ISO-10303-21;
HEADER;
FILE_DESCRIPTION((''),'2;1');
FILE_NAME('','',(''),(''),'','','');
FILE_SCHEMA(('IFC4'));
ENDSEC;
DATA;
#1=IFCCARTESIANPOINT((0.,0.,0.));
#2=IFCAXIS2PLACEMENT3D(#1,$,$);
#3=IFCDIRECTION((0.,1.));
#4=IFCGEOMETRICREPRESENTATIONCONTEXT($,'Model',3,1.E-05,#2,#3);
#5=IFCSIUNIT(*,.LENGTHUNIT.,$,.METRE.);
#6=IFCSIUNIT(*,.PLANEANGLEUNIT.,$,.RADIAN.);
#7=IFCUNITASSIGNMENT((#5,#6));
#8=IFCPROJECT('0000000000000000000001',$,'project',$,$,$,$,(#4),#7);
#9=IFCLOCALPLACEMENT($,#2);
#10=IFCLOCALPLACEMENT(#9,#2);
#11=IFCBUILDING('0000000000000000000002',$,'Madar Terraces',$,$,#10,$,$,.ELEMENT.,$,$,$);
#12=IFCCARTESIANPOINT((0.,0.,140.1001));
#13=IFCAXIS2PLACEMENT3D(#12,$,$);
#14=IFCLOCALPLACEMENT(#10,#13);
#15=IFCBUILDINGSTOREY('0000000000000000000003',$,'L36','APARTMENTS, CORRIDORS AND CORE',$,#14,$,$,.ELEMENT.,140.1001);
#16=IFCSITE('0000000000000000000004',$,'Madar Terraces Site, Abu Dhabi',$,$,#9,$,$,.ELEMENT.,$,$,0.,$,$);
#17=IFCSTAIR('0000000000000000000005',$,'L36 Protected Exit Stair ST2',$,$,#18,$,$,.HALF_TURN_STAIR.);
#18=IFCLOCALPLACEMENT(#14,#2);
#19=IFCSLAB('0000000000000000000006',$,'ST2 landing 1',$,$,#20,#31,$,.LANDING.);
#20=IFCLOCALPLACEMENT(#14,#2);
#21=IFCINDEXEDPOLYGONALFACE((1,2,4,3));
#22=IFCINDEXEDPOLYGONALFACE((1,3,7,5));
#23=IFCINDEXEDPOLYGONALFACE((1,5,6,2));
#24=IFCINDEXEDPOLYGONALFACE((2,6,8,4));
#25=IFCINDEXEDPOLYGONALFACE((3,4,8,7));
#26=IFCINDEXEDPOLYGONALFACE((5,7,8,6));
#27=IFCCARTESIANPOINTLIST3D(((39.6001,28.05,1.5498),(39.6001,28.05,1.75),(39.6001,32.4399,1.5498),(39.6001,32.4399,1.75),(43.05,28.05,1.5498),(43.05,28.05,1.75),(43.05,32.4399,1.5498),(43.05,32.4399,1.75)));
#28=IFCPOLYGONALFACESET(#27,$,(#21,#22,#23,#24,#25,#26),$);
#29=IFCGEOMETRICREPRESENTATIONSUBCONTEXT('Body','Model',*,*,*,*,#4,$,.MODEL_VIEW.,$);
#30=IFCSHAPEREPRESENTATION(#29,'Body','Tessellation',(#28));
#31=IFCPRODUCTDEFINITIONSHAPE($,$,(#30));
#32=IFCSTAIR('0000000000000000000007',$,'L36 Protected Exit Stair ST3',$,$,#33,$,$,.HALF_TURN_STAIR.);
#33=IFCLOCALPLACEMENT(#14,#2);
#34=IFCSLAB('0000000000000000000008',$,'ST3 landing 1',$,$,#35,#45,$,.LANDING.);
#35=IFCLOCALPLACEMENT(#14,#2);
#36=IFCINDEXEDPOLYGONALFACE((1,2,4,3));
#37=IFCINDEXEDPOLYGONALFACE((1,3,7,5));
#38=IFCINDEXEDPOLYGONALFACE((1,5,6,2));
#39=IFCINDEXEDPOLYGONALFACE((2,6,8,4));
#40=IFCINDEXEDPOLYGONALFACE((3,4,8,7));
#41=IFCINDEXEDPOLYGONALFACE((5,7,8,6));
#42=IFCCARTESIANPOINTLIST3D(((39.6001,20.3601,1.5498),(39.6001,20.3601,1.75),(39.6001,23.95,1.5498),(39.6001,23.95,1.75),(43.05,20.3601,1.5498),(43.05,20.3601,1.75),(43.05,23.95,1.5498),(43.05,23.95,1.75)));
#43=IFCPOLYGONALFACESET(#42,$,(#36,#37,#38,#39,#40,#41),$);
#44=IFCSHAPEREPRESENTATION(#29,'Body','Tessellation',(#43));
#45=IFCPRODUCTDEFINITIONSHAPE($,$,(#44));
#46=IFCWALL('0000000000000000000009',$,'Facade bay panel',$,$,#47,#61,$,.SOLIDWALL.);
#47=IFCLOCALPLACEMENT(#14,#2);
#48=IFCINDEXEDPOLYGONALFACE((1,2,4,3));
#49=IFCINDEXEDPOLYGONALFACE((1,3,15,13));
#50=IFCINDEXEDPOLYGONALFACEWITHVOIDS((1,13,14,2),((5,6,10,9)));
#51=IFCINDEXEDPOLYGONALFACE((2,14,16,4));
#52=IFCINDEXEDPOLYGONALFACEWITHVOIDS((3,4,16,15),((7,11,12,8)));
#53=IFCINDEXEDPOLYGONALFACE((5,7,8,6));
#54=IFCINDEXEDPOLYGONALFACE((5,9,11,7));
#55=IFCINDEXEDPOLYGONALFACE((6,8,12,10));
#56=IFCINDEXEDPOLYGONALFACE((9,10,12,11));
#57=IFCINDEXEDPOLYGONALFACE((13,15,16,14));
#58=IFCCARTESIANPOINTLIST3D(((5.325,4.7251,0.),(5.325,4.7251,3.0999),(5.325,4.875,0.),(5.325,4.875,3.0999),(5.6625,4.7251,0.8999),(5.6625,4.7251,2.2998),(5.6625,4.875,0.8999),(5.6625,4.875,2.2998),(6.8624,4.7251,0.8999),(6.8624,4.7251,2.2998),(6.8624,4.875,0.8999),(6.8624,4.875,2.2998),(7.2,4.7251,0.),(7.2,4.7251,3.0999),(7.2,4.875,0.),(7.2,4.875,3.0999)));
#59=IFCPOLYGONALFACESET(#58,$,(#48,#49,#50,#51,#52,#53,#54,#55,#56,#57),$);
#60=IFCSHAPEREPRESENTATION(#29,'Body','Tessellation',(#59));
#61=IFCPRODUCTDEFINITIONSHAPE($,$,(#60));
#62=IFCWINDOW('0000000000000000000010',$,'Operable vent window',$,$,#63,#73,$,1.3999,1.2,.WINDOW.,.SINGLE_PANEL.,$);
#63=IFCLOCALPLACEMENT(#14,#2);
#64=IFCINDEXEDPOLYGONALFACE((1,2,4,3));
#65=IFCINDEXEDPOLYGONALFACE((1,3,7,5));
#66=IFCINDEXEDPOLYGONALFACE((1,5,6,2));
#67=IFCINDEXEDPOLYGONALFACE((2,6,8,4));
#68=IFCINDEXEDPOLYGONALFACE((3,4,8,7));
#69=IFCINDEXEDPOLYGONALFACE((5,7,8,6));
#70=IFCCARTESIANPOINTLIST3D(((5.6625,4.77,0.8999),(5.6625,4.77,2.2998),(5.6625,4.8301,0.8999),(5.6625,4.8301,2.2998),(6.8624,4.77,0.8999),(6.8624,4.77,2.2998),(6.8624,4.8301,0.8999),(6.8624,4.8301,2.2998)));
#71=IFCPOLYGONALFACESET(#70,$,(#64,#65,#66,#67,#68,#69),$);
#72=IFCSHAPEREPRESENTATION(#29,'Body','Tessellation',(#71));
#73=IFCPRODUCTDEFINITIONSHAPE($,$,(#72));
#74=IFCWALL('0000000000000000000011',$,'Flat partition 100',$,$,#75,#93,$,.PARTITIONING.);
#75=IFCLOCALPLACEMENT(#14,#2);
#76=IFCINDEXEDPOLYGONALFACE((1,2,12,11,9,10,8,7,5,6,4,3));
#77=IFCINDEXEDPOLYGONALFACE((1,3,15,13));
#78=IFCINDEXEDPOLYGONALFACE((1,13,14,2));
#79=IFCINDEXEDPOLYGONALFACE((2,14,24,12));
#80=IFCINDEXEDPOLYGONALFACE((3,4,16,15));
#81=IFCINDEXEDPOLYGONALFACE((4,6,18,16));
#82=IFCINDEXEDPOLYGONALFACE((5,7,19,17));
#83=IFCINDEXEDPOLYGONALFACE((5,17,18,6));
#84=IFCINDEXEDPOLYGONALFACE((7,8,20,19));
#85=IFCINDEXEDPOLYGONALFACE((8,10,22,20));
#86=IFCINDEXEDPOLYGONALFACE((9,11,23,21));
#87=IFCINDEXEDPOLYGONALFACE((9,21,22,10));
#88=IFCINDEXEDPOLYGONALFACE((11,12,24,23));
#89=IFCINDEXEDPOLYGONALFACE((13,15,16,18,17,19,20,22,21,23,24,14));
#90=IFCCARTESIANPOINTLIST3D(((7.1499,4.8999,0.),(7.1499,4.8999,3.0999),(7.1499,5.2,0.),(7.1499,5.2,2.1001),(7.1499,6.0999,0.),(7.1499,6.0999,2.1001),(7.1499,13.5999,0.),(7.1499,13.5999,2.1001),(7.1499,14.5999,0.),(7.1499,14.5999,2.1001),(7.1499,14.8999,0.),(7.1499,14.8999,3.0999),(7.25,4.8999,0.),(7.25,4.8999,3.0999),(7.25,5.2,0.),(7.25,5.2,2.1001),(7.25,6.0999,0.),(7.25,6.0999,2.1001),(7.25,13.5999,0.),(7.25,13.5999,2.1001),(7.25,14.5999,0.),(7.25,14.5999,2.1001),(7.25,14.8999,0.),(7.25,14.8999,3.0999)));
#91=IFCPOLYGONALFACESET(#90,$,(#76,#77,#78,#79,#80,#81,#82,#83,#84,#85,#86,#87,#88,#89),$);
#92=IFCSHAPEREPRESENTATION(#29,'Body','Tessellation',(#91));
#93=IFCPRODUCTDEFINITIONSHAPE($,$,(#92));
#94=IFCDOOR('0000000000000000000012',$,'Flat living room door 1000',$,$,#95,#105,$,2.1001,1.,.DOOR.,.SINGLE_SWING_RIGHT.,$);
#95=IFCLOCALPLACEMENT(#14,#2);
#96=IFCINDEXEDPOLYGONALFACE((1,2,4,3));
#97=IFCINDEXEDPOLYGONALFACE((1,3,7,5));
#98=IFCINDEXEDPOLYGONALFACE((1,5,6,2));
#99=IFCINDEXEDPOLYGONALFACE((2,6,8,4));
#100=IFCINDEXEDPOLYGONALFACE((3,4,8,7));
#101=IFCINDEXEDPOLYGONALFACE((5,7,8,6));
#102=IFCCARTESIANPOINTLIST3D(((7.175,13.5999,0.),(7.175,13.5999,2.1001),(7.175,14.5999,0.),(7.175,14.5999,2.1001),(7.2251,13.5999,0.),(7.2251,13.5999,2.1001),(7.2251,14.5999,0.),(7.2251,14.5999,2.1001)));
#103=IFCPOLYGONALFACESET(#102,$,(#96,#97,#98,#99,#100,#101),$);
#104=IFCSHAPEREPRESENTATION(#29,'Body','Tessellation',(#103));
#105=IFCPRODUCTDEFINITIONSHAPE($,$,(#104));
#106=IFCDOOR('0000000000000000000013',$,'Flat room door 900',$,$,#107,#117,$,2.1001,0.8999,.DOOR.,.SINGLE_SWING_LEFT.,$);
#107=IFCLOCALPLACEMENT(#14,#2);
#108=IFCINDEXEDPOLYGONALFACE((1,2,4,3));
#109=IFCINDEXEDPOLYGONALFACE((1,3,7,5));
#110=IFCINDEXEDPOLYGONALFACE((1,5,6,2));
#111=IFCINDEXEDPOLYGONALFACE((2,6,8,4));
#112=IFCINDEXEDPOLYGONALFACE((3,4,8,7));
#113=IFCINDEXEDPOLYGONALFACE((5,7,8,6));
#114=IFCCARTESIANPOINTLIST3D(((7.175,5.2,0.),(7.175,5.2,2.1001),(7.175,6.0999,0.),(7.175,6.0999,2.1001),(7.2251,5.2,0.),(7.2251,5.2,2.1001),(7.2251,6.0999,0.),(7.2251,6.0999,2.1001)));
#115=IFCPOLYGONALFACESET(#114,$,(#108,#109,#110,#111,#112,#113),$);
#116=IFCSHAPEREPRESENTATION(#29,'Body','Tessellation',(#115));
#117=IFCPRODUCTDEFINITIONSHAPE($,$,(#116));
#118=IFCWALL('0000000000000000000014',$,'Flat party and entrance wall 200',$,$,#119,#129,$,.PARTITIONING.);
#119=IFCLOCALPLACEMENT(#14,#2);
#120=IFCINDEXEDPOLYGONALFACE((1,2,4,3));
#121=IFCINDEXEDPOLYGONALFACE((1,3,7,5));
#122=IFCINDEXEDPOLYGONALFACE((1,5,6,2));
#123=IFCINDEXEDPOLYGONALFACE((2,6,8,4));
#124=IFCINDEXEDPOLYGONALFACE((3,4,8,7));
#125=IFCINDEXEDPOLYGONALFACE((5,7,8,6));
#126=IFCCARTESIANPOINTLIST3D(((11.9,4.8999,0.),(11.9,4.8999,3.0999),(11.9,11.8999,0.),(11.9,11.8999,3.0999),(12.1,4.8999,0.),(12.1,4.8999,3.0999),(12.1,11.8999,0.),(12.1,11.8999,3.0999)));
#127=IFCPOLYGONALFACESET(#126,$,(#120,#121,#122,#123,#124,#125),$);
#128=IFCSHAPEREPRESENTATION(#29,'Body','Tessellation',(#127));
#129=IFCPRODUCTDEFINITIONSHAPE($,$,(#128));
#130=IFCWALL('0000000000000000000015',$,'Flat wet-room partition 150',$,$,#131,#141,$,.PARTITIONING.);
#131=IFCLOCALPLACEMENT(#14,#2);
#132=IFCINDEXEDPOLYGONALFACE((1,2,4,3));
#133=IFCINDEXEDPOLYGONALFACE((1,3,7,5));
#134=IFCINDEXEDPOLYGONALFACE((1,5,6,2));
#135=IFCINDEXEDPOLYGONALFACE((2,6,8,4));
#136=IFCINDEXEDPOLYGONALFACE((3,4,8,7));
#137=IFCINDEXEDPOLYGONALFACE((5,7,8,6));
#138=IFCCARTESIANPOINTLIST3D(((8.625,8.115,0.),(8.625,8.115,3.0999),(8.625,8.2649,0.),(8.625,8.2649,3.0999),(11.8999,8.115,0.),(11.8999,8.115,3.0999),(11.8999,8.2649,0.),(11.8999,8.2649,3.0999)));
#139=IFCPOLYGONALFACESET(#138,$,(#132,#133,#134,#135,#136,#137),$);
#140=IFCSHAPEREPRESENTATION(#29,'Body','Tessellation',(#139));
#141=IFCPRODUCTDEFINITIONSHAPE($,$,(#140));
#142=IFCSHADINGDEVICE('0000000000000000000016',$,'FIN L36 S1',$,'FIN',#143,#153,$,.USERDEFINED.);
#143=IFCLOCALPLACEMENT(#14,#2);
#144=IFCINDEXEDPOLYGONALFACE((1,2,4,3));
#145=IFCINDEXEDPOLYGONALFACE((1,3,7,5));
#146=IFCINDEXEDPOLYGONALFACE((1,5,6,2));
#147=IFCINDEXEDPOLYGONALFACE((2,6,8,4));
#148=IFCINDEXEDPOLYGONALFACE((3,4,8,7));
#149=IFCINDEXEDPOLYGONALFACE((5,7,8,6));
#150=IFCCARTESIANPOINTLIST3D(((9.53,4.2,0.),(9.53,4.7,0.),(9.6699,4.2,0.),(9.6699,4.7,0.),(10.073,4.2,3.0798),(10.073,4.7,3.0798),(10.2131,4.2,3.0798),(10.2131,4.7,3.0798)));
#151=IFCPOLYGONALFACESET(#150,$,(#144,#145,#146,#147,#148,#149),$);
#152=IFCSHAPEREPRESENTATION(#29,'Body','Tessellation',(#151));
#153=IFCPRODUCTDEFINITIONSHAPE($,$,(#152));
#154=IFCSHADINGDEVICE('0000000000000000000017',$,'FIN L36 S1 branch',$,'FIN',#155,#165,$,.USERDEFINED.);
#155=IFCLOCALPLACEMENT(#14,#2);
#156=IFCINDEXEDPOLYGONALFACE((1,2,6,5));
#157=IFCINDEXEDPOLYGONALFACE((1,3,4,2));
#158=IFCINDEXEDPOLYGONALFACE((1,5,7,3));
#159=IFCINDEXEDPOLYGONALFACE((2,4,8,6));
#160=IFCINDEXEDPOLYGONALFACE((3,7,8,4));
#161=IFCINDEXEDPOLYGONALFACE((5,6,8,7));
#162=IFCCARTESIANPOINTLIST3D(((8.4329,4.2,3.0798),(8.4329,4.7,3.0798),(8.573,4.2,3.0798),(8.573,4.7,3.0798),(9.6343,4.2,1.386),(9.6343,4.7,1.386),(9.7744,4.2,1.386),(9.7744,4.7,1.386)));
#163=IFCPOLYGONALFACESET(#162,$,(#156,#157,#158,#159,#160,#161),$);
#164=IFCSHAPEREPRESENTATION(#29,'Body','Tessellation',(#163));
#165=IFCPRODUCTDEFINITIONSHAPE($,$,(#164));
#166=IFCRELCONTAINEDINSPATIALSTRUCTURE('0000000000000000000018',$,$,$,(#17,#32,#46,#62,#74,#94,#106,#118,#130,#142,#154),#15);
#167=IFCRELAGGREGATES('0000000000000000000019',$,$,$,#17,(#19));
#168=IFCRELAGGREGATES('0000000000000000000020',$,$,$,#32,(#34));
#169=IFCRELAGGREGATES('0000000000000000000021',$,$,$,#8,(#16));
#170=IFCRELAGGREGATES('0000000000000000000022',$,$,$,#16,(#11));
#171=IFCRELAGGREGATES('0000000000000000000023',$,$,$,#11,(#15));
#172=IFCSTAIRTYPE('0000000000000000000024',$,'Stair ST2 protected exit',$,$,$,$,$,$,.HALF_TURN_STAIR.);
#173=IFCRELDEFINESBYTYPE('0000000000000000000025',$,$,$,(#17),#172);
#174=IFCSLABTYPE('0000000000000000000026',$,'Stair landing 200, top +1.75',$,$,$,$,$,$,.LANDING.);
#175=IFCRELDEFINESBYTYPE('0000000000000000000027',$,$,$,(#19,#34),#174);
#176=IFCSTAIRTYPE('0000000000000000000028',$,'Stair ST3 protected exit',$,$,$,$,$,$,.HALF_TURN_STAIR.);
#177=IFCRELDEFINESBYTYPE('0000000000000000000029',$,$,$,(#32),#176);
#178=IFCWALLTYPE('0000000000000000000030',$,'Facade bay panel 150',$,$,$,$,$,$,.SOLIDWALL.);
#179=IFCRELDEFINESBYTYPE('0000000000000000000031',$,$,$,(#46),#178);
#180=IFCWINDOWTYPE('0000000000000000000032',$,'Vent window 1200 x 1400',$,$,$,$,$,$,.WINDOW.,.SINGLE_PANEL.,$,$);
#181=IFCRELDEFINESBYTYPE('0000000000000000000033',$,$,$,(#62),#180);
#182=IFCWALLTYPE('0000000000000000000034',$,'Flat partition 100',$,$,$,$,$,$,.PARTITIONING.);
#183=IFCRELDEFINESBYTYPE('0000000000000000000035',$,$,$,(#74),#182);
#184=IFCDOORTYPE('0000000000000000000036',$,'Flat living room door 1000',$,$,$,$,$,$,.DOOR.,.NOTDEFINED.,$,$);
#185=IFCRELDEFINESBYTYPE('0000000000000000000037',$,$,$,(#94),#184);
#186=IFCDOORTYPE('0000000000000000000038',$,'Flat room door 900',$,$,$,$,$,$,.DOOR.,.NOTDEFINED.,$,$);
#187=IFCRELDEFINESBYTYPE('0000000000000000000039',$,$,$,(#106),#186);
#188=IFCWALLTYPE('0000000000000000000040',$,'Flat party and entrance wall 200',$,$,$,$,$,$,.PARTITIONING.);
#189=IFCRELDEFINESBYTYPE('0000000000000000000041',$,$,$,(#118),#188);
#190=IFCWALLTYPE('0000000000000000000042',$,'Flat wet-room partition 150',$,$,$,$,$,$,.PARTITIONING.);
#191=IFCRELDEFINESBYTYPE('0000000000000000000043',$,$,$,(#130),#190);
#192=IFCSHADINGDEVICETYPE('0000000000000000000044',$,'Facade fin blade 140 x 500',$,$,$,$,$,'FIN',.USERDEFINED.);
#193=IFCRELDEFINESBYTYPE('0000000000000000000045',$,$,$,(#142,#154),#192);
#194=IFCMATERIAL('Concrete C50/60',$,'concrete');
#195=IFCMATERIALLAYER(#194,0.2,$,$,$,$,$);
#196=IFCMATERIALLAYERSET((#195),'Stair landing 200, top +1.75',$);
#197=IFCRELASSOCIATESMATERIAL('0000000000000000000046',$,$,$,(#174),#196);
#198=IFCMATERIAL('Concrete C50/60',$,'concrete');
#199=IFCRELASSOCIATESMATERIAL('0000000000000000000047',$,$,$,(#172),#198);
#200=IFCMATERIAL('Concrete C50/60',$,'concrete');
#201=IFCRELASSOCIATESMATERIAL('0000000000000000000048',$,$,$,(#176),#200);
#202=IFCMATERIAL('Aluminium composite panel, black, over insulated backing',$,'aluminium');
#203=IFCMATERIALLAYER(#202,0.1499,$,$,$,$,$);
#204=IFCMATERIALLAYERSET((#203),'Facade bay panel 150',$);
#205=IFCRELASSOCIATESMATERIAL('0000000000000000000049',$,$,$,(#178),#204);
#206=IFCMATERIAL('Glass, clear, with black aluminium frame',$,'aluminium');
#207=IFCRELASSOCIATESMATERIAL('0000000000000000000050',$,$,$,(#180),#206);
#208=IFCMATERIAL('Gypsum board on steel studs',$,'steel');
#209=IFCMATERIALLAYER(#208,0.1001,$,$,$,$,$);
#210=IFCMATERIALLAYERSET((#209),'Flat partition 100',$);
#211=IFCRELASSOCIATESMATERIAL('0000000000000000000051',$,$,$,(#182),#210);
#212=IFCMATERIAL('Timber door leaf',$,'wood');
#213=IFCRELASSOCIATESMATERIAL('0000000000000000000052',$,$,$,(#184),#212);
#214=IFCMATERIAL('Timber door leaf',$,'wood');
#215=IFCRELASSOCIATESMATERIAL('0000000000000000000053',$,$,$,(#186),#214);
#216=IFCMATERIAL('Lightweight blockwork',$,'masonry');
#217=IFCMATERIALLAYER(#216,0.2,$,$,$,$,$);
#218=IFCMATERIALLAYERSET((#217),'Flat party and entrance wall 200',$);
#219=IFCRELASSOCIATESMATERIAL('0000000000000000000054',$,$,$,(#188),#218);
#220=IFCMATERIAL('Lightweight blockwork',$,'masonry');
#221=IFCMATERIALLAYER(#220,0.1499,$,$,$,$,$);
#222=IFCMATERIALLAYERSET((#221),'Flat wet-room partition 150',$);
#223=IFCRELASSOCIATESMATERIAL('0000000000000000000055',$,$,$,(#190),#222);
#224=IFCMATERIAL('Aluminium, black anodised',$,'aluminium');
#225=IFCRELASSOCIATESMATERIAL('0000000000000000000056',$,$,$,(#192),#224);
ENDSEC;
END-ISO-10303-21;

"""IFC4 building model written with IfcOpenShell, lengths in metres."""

from ifc_helpers import new_model, si_unit, direction, frame, frame_2d, origin, place, context, subcontext, project, spatial, polyline, rectangle, outline, extrude, material, layer, layer_set, type_object, element, fill, aggregate, save


model = new_model("IFC4")

# Units and contexts
model_context = context("Model", 3, precision=1e-05, world=origin(), true_north=direction((0.0, 1.0)))
body_context = subcontext(model_context, "Body", "Model", "MODEL_VIEW")
ifc_project = project(units=[si_unit("LENGTHUNIT", "METRE"), si_unit("PLANEANGLEUNIT", "RADIAN")], contexts=[model_context])

# Site, building, storey
site_placement = place(None, origin())
site = spatial("IfcSite", under=ifc_project, at=site_placement, Name="Madar Terraces Site, Abu Dhabi", CompositionType="ELEMENT", RefElevation=0.0)
building_placement = place(site_placement, origin())
building = spatial("IfcBuilding", under=site, at=building_placement, Name="Madar Terraces", CompositionType="ELEMENT")
storey_placement = place(building_placement, frame((0.0, 0.0, 140.1001)))
storey = spatial("IfcBuildingStorey", under=building, at=storey_placement, Name="L36", Description="APARTMENTS, CORRIDORS AND CORE", CompositionType="ELEMENT", Elevation=140.1001)

# Stairs, slabs
ifc_material_1 = material(Name="Concrete C50/60", Category="concrete")
ifc_layer_1 = layer(ifc_material_1, 0.2)
ifc_layer_set_1 = layer_set([ifc_layer_1], Name="Stair landing 200, top +1.75")
slab_type_1 = type_object("IfcSlabType", Name="Stair landing 200, top +1.75", PredefinedType="LANDING", material=ifc_layer_set_1)
ifc_material_2 = material(Name="Concrete C50/60", Category="concrete")
stair_type_1 = type_object("IfcStairType", Name="Stair ST2 protected exit", PredefinedType="HALF_TURN_STAIR", material=ifc_material_2)
stair_1_placement = place(storey_placement, origin())
stair_1 = element("IfcStair", 1, at=stair_1_placement, inside=storey, type_object=stair_type_1, Name="L36 Protected Exit Stair ST2", PredefinedType="HALF_TURN_STAIR")
slab_1_placement = place(storey_placement, frame((0.0, 0.0, 1.5498)))
slab_1 = element("IfcSlab", 2, at=slab_1_placement, type_object=slab_type_1, Name="ST2 landing 1", PredefinedType="LANDING", context=body_context, shape_type="SweptSolid", body=[
    extrude(outline(polyline([(39.6001, 28.05), (43.05, 28.05), (43.05, 32.4399), (39.6001, 32.4399), (39.6001, 28.05)])), origin(), (0.0, 0.0, 1.0), 0.2002),
])
aggregate(stair_1, [slab_1])
ifc_material_3 = material(Name="Concrete C50/60", Category="concrete")
stair_type_2 = type_object("IfcStairType", Name="Stair ST3 protected exit", PredefinedType="HALF_TURN_STAIR", material=ifc_material_3)
stair_2_placement = place(storey_placement, origin())
stair_2 = element("IfcStair", 3, at=stair_2_placement, inside=storey, type_object=stair_type_2, Name="L36 Protected Exit Stair ST3", PredefinedType="HALF_TURN_STAIR")
slab_2_placement = place(storey_placement, frame((0.0, 0.0, 1.5498)))
slab_2 = element("IfcSlab", 4, at=slab_2_placement, type_object=slab_type_1, Name="ST3 landing 1", PredefinedType="LANDING", context=body_context, shape_type="SweptSolid", body=[
    extrude(outline(polyline([(39.6001, 20.3601), (43.05, 20.3601), (43.05, 23.95), (39.6001, 23.95), (39.6001, 20.3601)])), origin(), (0.0, 0.0, 1.0), 0.2002),
])
aggregate(stair_2, [slab_2])

# Wall, opening, window
ifc_material_4 = material(Name="Aluminium composite panel, black, over insulated backing", Category="aluminium")
ifc_layer_2 = layer(ifc_material_4, 0.1499)
ifc_layer_set_2 = layer_set([ifc_layer_2], Name="Facade bay panel 150")
wall_type_1 = type_object("IfcWallType", Name="Facade bay panel 150", PredefinedType="SOLIDWALL", material=ifc_layer_set_2)
wall_1_placement = place(storey_placement, frame((5.325, 4.8, 0.0), z_axis=(0.0, 0.0, 1.0), x_axis=(1.0, 0.0, 0.0)))
wall_1 = element("IfcWall", 5, at=wall_1_placement, inside=storey, type_object=wall_type_1, Name="Facade bay panel", PredefinedType="SOLIDWALL", context=body_context, shape_type="SweptSolid", body=[
    extrude(rectangle(XDim=1.875, YDim=0.1499, at=frame_2d((0.9375, 0.0))), origin(), (0.0, 0.0, 1.0), 3.0999),
])
opening_1_placement = place(wall_1_placement, frame((0.3374, 0.0, 0.8999)))
opening_1 = element("IfcOpeningElement", 6, at=opening_1_placement, cuts=wall_1, PredefinedType="OPENING", context=body_context, shape_type="SweptSolid", body=[
    extrude(rectangle(XDim=1.2, YDim=1.3999, at=frame_2d((0.6001, 0.7))), frame((0.0, 0.085, 0.0), z_axis=(0.0, -1.0, 0.0), x_axis=(1.0, 0.0, 0.0)), (0.0, 0.0, 1.0), 0.1699),
])
ifc_material_5 = material(Name="Glass, clear, with black aluminium frame", Category="aluminium")
window_type = type_object("IfcWindowType", Name="Vent window 1200 x 1400", PartitioningType="SINGLE_PANEL", PredefinedType="WINDOW", material=ifc_material_5)
window_placement = place(opening_1_placement, origin())
window = element("IfcWindow", 7, at=window_placement, inside=storey, type_object=window_type, Name="Operable vent window", OverallHeight=1.3999, OverallWidth=1.2, PartitioningType="SINGLE_PANEL", PredefinedType="WINDOW", context=body_context, shape_type="SweptSolid", body=[
    extrude(rectangle(XDim=1.2, YDim=1.3999, at=frame_2d((0.6001, 0.7))), frame((0.0, 0.03, 0.0), z_axis=(0.0, -1.0, 0.0), x_axis=(1.0, 0.0, 0.0)), (0.0, 0.0, 1.0), 0.0601),
])
fill(opening_1, window)

# Wall, openings, doors
ifc_material_6 = material(Name="Gypsum board on steel studs", Category="steel")
ifc_layer_3 = layer(ifc_material_6, 0.1001)
ifc_layer_set_3 = layer_set([ifc_layer_3], Name="Flat partition 100")
wall_type_2 = type_object("IfcWallType", Name="Flat partition 100", PredefinedType="PARTITIONING", material=ifc_layer_set_3)
wall_2_placement = place(storey_placement, frame((7.2, 4.8999, 0.0), z_axis=(0.0, 0.0, 1.0), x_axis=(0.0, 1.0, 0.0)))
wall_2 = element("IfcWall", 8, at=wall_2_placement, inside=storey, type_object=wall_type_2, Name="Flat partition 100", PredefinedType="PARTITIONING", context=body_context, shape_type="SweptSolid", body=[
    extrude(rectangle(XDim=10.0, YDim=0.1001, at=frame_2d((5.0, 0.0))), origin(), (0.0, 0.0, 1.0), 3.0999),
])
opening_2_placement = place(wall_2_placement, frame((8.7, 0.0, 0.0)))
opening_2 = element("IfcOpeningElement", 9, at=opening_2_placement, cuts=wall_2, PredefinedType="OPENING", context=body_context, shape_type="SweptSolid", body=[
    extrude(rectangle(XDim=1.0, YDim=2.1001, at=frame_2d((0.5, 1.05))), frame((0.0, 0.0601, 0.0), z_axis=(0.0, -1.0, 0.0), x_axis=(1.0, 0.0, 0.0)), (0.0, 0.0, 1.0), 0.1201),
])
opening_3_placement = place(wall_2_placement, frame((0.3, 0.0, 0.0)))
opening_3 = element("IfcOpeningElement", 10, at=opening_3_placement, cuts=wall_2, PredefinedType="OPENING", context=body_context, shape_type="SweptSolid", body=[
    extrude(rectangle(XDim=0.8999, YDim=2.1001, at=frame_2d((0.45, 1.05))), frame((0.0, 0.0601, 0.0), z_axis=(0.0, -1.0, 0.0), x_axis=(1.0, 0.0, 0.0)), (0.0, 0.0, 1.0), 0.1201),
])
ifc_material_7 = material(Name="Timber door leaf", Category="wood")
door_type_1 = type_object("IfcDoorType", Name="Flat living room door 1000", OperationType="NOTDEFINED", PredefinedType="DOOR", material=ifc_material_7)
door_1_placement = place(opening_2_placement, origin())
door_1 = element("IfcDoor", 11, at=door_1_placement, inside=storey, type_object=door_type_1, Name="Flat living room door 1000", OperationType="SINGLE_SWING_RIGHT", OverallHeight=2.1001, OverallWidth=1.0, PredefinedType="DOOR", context=body_context, shape_type="SweptSolid", body=[
    extrude(rectangle(XDim=1.0, YDim=2.1001, at=frame_2d((0.5, 1.05))), frame((0.0, 0.0249, 0.0), z_axis=(0.0, -1.0, 0.0), x_axis=(1.0, 0.0, 0.0)), (0.0, 0.0, 1.0), 0.05),
])
fill(opening_2, door_1)
ifc_material_8 = material(Name="Timber door leaf", Category="wood")
door_type_2 = type_object("IfcDoorType", Name="Flat room door 900", OperationType="NOTDEFINED", PredefinedType="DOOR", material=ifc_material_8)
door_2_placement = place(opening_3_placement, origin())
door_2 = element("IfcDoor", 12, at=door_2_placement, inside=storey, type_object=door_type_2, Name="Flat room door 900", OperationType="SINGLE_SWING_LEFT", OverallHeight=2.1001, OverallWidth=0.8999, PredefinedType="DOOR", context=body_context, shape_type="SweptSolid", body=[
    extrude(rectangle(XDim=0.8999, YDim=2.1001, at=frame_2d((0.45, 1.05))), frame((0.0, 0.0249, 0.0), z_axis=(0.0, -1.0, 0.0), x_axis=(1.0, 0.0, 0.0)), (0.0, 0.0, 1.0), 0.05),
])
fill(opening_3, door_2)

# Walls
ifc_material_9 = material(Name="Lightweight blockwork", Category="masonry")
ifc_layer_4 = layer(ifc_material_9, 0.2)
ifc_layer_set_4 = layer_set([ifc_layer_4], Name="Flat party and entrance wall 200")
wall_type_3 = type_object("IfcWallType", Name="Flat party and entrance wall 200", PredefinedType="PARTITIONING", material=ifc_layer_set_4)
wall_3_placement = place(storey_placement, frame((12.0, 4.8999, 0.0), z_axis=(0.0, 0.0, 1.0), x_axis=(0.0, 1.0, 0.0)))
element("IfcWall", 13, at=wall_3_placement, inside=storey, type_object=wall_type_3, Name="Flat party and entrance wall 200", PredefinedType="PARTITIONING", context=body_context, shape_type="SweptSolid", body=[
    extrude(rectangle(XDim=7.0, YDim=0.2, at=frame_2d((3.5, 0.0))), origin(), (0.0, 0.0, 1.0), 3.0999),
])
ifc_material_10 = material(Name="Lightweight blockwork", Category="masonry")
ifc_layer_5 = layer(ifc_material_10, 0.1499)
ifc_layer_set_5 = layer_set([ifc_layer_5], Name="Flat wet-room partition 150")
wall_type_4 = type_object("IfcWallType", Name="Flat wet-room partition 150", PredefinedType="PARTITIONING", material=ifc_layer_set_5)
wall_4_placement = place(storey_placement, frame((11.8999, 8.1899, 0.0), z_axis=(0.0, 0.0, 1.0), x_axis=(-1.0, 0.0, 0.0)))
element("IfcWall", 14, at=wall_4_placement, inside=storey, type_object=wall_type_4, Name="Flat wet-room partition 150", PredefinedType="PARTITIONING", context=body_context, shape_type="SweptSolid", body=[
    extrude(rectangle(XDim=3.2749, YDim=0.1499, at=frame_2d((1.6375, 0.0))), origin(), (0.0, 0.0, 1.0), 3.0999),
])

# Shading devices
ifc_material_11 = material(Name="Aluminium, black anodised", Category="aluminium")
shading_device_type = type_object("IfcShadingDeviceType", Name="Facade fin blade 140 x 500", ElementType="FIN", PredefinedType="USERDEFINED", material=ifc_material_11)
shading_device_1_placement = place(storey_placement, frame((9.53, 4.45, 0.0), z_axis=(0.0, 0.0, 1.0), x_axis=(1.0, 0.0, 0.0)))
element("IfcShadingDevice", 15, at=shading_device_1_placement, inside=storey, type_object=shading_device_type, Name="FIN L36 S1", ObjectType="FIN", PredefinedType="USERDEFINED", context=body_context, shape_type="SweptSolid", body=[
    extrude(outline(polyline([(0.0, 0.0), (0.1399, 0.0), (0.6831, 3.0798), (0.543, 3.0798), (0.0, 0.0)])), frame((0.0, 0.25, 0.0), z_axis=(0.0, -1.0, 0.0), x_axis=(1.0, 0.0, 0.0)), (0.0, 0.0, 1.0), 0.5),
])
shading_device_2_placement = place(storey_placement, frame((9.6343, 4.45, 1.386), z_axis=(0.0, 0.0, 1.0), x_axis=(1.0, 0.0, 0.0)))
element("IfcShadingDevice", 16, at=shading_device_2_placement, inside=storey, type_object=shading_device_type, Name="FIN L36 S1 branch", ObjectType="FIN", PredefinedType="USERDEFINED", context=body_context, shape_type="SweptSolid", body=[
    extrude(outline(polyline([(0.0, 0.0), (0.1401, 0.0), (-1.0613, 1.6938), (-1.2014, 1.6938), (0.0, 0.0)])), frame((0.0, 0.25, 0.0), z_axis=(0.0, -1.0, 0.0), x_axis=(1.0, 0.0, 0.0)), (0.0, 0.0, 1.0), 0.5),
])

save(model, "model.ifc")
